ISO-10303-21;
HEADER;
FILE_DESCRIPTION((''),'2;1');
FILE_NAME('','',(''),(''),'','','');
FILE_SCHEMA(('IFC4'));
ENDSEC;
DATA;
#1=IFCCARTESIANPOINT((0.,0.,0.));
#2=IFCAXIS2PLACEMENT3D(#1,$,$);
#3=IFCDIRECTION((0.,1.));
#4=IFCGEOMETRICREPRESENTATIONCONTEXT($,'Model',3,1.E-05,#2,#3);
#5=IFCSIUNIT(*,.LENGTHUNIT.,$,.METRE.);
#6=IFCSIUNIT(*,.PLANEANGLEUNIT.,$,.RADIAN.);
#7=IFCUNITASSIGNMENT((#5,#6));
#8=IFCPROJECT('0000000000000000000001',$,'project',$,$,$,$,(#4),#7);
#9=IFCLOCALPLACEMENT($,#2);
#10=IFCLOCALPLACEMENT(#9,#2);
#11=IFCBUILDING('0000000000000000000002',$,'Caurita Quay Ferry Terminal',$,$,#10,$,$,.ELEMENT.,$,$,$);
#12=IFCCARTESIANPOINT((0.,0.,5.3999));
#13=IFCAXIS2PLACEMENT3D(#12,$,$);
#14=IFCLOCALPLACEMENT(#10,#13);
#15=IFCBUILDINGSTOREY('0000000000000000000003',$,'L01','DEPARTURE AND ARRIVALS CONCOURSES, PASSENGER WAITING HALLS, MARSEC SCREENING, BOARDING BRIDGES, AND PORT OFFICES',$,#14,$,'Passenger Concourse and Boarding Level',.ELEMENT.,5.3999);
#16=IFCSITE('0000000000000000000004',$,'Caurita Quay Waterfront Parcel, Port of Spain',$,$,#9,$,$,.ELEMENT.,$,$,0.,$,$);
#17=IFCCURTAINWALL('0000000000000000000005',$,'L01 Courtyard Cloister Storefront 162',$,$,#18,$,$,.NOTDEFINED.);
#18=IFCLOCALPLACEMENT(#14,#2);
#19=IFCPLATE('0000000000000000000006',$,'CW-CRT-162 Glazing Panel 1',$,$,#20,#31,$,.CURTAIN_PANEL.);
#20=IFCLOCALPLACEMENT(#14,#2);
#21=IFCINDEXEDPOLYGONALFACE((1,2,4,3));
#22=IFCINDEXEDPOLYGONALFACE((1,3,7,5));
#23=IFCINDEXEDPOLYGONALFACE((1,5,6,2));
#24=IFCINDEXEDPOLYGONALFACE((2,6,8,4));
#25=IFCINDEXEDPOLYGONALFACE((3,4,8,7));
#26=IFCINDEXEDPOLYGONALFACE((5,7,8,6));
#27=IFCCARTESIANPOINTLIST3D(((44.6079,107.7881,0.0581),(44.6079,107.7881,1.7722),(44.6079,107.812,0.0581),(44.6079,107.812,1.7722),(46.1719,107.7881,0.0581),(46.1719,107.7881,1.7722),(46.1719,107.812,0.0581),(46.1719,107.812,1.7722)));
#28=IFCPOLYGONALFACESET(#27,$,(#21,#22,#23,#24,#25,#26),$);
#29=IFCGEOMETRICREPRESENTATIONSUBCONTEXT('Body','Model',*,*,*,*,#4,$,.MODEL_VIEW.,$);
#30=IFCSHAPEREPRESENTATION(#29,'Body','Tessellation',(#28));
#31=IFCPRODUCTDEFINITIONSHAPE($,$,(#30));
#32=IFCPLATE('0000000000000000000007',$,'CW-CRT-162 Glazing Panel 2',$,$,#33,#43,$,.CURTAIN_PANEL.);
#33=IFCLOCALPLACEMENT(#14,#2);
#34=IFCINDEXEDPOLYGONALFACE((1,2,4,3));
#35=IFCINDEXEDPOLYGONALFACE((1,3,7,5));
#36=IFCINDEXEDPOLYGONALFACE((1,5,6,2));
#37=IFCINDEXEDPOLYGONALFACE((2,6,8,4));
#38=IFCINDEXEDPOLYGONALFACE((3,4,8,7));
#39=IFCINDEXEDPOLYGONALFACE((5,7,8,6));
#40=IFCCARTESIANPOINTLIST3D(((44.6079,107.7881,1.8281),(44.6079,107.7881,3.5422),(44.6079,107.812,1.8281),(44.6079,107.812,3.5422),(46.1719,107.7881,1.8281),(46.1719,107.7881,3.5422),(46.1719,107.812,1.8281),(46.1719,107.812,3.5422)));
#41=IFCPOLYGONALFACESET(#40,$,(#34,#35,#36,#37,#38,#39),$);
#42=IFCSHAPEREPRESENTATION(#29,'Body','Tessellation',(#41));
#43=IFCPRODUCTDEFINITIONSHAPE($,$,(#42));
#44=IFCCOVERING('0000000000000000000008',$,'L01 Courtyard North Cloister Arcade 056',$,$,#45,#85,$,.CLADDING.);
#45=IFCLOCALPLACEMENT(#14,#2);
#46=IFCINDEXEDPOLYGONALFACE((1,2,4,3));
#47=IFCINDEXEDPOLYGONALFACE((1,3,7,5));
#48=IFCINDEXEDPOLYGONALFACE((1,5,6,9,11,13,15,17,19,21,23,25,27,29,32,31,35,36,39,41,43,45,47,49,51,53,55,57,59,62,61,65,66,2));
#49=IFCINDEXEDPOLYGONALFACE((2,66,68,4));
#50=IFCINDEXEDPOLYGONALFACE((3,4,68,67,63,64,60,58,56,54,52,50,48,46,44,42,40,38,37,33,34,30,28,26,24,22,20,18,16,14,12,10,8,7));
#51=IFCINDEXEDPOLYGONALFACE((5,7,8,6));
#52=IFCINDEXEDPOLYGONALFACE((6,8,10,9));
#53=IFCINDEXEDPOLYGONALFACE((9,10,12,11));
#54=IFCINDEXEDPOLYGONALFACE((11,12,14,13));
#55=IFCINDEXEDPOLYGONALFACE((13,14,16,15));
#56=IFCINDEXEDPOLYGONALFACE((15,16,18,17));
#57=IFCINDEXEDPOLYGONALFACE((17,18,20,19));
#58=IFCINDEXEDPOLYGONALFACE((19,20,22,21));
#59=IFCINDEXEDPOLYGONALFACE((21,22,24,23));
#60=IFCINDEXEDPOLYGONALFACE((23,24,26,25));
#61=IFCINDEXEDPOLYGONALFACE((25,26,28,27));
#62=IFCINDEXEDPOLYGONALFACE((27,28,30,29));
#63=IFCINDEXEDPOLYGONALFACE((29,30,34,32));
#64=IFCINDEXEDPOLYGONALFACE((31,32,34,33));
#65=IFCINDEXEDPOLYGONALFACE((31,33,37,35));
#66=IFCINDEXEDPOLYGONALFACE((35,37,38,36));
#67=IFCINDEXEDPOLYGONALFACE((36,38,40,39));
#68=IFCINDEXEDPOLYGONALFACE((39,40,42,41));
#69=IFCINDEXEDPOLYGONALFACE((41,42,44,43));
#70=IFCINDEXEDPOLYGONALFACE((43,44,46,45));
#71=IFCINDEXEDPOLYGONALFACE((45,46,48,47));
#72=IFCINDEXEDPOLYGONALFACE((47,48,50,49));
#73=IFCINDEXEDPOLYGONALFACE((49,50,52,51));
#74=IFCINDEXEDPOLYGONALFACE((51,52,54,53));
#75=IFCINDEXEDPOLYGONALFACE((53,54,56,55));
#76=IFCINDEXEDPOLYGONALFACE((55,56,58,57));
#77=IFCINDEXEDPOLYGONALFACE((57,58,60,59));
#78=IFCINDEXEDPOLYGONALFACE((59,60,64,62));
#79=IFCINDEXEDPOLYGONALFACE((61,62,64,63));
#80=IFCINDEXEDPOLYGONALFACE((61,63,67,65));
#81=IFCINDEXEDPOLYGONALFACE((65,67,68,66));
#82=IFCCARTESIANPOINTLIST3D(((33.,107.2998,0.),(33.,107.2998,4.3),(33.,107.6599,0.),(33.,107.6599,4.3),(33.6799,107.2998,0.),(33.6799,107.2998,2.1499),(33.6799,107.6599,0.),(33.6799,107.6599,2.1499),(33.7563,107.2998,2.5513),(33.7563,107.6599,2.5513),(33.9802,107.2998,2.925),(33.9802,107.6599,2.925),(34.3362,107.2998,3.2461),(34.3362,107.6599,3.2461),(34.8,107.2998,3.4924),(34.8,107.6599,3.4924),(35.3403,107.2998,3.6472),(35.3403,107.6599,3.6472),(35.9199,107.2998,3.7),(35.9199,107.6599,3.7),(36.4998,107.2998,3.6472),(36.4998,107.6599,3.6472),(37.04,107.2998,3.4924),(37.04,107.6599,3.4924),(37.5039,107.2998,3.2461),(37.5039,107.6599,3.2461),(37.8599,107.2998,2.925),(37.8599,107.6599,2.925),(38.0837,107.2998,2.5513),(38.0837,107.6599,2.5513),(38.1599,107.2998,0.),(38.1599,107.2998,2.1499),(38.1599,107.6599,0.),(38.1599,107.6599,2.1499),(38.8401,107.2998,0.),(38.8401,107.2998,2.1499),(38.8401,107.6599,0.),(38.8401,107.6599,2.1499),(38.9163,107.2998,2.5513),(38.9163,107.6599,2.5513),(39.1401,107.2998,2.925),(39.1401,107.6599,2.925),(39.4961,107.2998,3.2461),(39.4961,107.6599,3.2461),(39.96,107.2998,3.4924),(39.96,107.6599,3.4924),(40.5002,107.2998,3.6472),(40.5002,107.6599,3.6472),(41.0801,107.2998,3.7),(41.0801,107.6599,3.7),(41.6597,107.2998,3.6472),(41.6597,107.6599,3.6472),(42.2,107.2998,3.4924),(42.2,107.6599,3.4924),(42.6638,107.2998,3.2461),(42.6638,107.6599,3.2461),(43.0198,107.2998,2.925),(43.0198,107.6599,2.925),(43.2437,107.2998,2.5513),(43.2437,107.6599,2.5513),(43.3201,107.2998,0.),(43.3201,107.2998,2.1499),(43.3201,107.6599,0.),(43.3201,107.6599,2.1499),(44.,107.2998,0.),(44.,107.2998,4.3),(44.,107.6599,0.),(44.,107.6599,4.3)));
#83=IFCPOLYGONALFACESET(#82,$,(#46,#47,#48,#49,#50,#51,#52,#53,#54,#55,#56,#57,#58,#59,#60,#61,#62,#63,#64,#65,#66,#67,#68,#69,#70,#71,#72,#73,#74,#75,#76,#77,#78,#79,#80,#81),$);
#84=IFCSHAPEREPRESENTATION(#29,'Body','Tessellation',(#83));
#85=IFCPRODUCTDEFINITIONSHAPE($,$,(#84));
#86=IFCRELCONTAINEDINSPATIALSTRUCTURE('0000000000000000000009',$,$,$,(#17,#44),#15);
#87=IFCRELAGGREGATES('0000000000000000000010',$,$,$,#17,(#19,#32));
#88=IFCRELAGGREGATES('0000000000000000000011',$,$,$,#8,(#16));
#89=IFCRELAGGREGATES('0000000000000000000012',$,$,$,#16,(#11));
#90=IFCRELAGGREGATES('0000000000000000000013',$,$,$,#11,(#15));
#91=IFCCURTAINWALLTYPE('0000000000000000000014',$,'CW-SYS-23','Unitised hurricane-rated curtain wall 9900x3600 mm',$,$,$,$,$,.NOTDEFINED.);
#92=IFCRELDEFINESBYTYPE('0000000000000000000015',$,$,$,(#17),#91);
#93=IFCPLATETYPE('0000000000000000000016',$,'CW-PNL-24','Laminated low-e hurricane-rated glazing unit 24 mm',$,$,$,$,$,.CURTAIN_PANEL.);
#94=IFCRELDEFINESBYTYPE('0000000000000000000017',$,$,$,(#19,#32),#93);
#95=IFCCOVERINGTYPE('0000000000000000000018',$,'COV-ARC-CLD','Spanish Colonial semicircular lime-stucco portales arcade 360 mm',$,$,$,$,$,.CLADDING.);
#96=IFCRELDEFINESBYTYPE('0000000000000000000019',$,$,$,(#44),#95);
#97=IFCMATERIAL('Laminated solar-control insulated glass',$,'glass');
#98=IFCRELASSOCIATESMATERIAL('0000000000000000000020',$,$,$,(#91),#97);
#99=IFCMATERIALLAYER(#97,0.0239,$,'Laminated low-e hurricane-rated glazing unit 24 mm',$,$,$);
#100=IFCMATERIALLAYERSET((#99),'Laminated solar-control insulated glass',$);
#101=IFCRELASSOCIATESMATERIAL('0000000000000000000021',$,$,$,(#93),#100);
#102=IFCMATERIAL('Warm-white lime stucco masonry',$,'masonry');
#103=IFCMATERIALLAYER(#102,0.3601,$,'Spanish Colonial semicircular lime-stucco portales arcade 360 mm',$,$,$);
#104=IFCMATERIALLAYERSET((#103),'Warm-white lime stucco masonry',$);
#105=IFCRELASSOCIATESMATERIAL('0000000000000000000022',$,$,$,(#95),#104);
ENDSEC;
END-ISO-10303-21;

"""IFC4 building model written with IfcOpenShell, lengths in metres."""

from ifc_helpers import new_model, si_unit, direction, frame, origin, origin_2d, place, context, subcontext, project, spatial, polyline, rectangle, outline, extrude, material, layer, layer_set, type_object, element, aggregate, save


model = new_model("IFC4")

# Units and contexts
model_context = context("Model", 3, precision=1e-05, world=origin(), true_north=direction((0.0, 1.0)))
body_context = subcontext(model_context, "Body", "Model", "MODEL_VIEW")
ifc_project = project(units=[si_unit("LENGTHUNIT", "METRE"), si_unit("PLANEANGLEUNIT", "RADIAN")], contexts=[model_context])

# Site, building, storey
site_placement = place(None, origin())
site = spatial("IfcSite", under=ifc_project, at=site_placement, Name="Caurita Quay Waterfront Parcel, Port of Spain", CompositionType="ELEMENT", RefElevation=0.0)
building_placement = place(site_placement, origin())
building = spatial("IfcBuilding", under=site, at=building_placement, Name="Caurita Quay Ferry Terminal", CompositionType="ELEMENT")
storey_placement = place(building_placement, frame((0.0, 0.0, 5.3999)))
storey = spatial("IfcBuildingStorey", under=building, at=storey_placement, Name="L01", Description="DEPARTURE AND ARRIVALS CONCOURSES, PASSENGER WAITING HALLS, MARSEC SCREENING, BOARDING BRIDGES, AND PORT OFFICES", LongName="Passenger Concourse and Boarding Level", CompositionType="ELEMENT", Elevation=5.3999)

# Curtain wall
ifc_material_1 = material(Name="Laminated solar-control insulated glass", Category="glass")
curtain_wall_type = type_object("IfcCurtainWallType", Name="CW-SYS-23", Description="Unitised hurricane-rated curtain wall 9900x3600 mm", PredefinedType="NOTDEFINED", material=ifc_material_1)
curtain_wall_1_placement = place(storey_placement, origin())
curtain_wall_1 = element("IfcCurtainWall", 1, at=curtain_wall_1_placement, inside=storey, type_object=curtain_wall_type, Name="L01 Courtyard Cloister Storefront 162", PredefinedType="NOTDEFINED")

# Plates
ifc_layer_1 = layer(ifc_material_1, 0.0239, Name="Laminated low-e hurricane-rated glazing unit 24 mm")
ifc_layer_set_1 = layer_set([ifc_layer_1], Name="Laminated solar-control insulated glass")
plate_type = type_object("IfcPlateType", Name="CW-PNL-24", Description="Laminated low-e hurricane-rated glazing unit 24 mm", PredefinedType="CURTAIN_PANEL", material=ifc_layer_set_1)
plate_1_placement = place(storey_placement, frame((45.3899, 107.8, 0.0581), z_axis=(0.0, 0.0, 1.0), x_axis=(1.0, 0.0, 0.0)))
plate_1 = element("IfcPlate", 2, at=plate_1_placement, type_object=plate_type, Name="CW-CRT-162 Glazing Panel 1", PredefinedType="CURTAIN_PANEL", context=body_context, shape_type="SweptSolid", body=[
    extrude(rectangle(XDim=1.564, YDim=0.0239, at=origin_2d()), origin(), (0.0, 0.0, 1.0), 1.7141),
])
plate_2_placement = place(storey_placement, frame((45.3899, 107.8, 1.8281), z_axis=(0.0, 0.0, 1.0), x_axis=(1.0, 0.0, 0.0)))
plate_2 = element("IfcPlate", 3, at=plate_2_placement, type_object=plate_type, Name="CW-CRT-162 Glazing Panel 2", PredefinedType="CURTAIN_PANEL", context=body_context, shape_type="SweptSolid", body=[
    extrude(rectangle(XDim=1.564, YDim=0.0239, at=origin_2d()), origin(), (0.0, 0.0, 1.0), 1.7141),
])
aggregate(curtain_wall_1, [plate_1, plate_2])

# Covering
ifc_material_2 = material(Name="Warm-white lime stucco masonry", Category="masonry")
ifc_layer_2 = layer(ifc_material_2, 0.3601, Name="Spanish Colonial semicircular lime-stucco portales arcade 360 mm")
ifc_layer_set_2 = layer_set([ifc_layer_2], Name="Warm-white lime stucco masonry")
covering_type = type_object("IfcCoveringType", Name="COV-ARC-CLD", Description="Spanish Colonial semicircular lime-stucco portales arcade 360 mm", PredefinedType="CLADDING", material=ifc_layer_set_2)
covering_placement = place(storey_placement, frame((44.0, 107.48, 0.0), z_axis=(0.0, 0.0, 1.0), x_axis=(-1.0, 0.0, 0.0)))
element("IfcCovering", 4, at=covering_placement, inside=storey, type_object=covering_type, Name="L01 Courtyard North Cloister Arcade 056", PredefinedType="CLADDING", context=body_context, shape_type="SweptSolid", body=[
    extrude(outline(polyline([(0.0, 0.0), (0.6799, 0.0), (0.6799, 2.1499), (0.7563, 2.5513), (0.9802, 2.925), (1.3362, 3.2461), (1.8, 3.4924), (2.3403, 3.6472), (2.9199, 3.7), (3.4998, 3.6472), (4.04, 3.4924), (4.5039, 3.2461), (4.8599, 2.925), (5.0837, 2.5513), (5.1599, 2.1499), (5.1599, 0.0), (5.8401, 0.0), (5.8401, 2.1499), (5.9163, 2.5513), (6.1401, 2.925), (6.4961, 3.2461), (6.96, 3.4924), (7.5002, 3.6472), (8.0801, 3.7), (8.6597, 3.6472), (9.2, 3.4924), (9.6638, 3.2461), (10.0198, 2.925), (10.2437, 2.5513), (10.3201, 2.1499), (10.3201, 0.0), (11.0, 0.0), (11.0, 4.3), (0.0, 4.3), (0.0, 0.0)])), frame((0.0, 0.1802, 0.0), z_axis=(0.0, -1.0, 0.0), x_axis=(1.0, 0.0, 0.0)), (0.0, 0.0, 1.0), 0.3601),
])

save(model, "model.ifc")
